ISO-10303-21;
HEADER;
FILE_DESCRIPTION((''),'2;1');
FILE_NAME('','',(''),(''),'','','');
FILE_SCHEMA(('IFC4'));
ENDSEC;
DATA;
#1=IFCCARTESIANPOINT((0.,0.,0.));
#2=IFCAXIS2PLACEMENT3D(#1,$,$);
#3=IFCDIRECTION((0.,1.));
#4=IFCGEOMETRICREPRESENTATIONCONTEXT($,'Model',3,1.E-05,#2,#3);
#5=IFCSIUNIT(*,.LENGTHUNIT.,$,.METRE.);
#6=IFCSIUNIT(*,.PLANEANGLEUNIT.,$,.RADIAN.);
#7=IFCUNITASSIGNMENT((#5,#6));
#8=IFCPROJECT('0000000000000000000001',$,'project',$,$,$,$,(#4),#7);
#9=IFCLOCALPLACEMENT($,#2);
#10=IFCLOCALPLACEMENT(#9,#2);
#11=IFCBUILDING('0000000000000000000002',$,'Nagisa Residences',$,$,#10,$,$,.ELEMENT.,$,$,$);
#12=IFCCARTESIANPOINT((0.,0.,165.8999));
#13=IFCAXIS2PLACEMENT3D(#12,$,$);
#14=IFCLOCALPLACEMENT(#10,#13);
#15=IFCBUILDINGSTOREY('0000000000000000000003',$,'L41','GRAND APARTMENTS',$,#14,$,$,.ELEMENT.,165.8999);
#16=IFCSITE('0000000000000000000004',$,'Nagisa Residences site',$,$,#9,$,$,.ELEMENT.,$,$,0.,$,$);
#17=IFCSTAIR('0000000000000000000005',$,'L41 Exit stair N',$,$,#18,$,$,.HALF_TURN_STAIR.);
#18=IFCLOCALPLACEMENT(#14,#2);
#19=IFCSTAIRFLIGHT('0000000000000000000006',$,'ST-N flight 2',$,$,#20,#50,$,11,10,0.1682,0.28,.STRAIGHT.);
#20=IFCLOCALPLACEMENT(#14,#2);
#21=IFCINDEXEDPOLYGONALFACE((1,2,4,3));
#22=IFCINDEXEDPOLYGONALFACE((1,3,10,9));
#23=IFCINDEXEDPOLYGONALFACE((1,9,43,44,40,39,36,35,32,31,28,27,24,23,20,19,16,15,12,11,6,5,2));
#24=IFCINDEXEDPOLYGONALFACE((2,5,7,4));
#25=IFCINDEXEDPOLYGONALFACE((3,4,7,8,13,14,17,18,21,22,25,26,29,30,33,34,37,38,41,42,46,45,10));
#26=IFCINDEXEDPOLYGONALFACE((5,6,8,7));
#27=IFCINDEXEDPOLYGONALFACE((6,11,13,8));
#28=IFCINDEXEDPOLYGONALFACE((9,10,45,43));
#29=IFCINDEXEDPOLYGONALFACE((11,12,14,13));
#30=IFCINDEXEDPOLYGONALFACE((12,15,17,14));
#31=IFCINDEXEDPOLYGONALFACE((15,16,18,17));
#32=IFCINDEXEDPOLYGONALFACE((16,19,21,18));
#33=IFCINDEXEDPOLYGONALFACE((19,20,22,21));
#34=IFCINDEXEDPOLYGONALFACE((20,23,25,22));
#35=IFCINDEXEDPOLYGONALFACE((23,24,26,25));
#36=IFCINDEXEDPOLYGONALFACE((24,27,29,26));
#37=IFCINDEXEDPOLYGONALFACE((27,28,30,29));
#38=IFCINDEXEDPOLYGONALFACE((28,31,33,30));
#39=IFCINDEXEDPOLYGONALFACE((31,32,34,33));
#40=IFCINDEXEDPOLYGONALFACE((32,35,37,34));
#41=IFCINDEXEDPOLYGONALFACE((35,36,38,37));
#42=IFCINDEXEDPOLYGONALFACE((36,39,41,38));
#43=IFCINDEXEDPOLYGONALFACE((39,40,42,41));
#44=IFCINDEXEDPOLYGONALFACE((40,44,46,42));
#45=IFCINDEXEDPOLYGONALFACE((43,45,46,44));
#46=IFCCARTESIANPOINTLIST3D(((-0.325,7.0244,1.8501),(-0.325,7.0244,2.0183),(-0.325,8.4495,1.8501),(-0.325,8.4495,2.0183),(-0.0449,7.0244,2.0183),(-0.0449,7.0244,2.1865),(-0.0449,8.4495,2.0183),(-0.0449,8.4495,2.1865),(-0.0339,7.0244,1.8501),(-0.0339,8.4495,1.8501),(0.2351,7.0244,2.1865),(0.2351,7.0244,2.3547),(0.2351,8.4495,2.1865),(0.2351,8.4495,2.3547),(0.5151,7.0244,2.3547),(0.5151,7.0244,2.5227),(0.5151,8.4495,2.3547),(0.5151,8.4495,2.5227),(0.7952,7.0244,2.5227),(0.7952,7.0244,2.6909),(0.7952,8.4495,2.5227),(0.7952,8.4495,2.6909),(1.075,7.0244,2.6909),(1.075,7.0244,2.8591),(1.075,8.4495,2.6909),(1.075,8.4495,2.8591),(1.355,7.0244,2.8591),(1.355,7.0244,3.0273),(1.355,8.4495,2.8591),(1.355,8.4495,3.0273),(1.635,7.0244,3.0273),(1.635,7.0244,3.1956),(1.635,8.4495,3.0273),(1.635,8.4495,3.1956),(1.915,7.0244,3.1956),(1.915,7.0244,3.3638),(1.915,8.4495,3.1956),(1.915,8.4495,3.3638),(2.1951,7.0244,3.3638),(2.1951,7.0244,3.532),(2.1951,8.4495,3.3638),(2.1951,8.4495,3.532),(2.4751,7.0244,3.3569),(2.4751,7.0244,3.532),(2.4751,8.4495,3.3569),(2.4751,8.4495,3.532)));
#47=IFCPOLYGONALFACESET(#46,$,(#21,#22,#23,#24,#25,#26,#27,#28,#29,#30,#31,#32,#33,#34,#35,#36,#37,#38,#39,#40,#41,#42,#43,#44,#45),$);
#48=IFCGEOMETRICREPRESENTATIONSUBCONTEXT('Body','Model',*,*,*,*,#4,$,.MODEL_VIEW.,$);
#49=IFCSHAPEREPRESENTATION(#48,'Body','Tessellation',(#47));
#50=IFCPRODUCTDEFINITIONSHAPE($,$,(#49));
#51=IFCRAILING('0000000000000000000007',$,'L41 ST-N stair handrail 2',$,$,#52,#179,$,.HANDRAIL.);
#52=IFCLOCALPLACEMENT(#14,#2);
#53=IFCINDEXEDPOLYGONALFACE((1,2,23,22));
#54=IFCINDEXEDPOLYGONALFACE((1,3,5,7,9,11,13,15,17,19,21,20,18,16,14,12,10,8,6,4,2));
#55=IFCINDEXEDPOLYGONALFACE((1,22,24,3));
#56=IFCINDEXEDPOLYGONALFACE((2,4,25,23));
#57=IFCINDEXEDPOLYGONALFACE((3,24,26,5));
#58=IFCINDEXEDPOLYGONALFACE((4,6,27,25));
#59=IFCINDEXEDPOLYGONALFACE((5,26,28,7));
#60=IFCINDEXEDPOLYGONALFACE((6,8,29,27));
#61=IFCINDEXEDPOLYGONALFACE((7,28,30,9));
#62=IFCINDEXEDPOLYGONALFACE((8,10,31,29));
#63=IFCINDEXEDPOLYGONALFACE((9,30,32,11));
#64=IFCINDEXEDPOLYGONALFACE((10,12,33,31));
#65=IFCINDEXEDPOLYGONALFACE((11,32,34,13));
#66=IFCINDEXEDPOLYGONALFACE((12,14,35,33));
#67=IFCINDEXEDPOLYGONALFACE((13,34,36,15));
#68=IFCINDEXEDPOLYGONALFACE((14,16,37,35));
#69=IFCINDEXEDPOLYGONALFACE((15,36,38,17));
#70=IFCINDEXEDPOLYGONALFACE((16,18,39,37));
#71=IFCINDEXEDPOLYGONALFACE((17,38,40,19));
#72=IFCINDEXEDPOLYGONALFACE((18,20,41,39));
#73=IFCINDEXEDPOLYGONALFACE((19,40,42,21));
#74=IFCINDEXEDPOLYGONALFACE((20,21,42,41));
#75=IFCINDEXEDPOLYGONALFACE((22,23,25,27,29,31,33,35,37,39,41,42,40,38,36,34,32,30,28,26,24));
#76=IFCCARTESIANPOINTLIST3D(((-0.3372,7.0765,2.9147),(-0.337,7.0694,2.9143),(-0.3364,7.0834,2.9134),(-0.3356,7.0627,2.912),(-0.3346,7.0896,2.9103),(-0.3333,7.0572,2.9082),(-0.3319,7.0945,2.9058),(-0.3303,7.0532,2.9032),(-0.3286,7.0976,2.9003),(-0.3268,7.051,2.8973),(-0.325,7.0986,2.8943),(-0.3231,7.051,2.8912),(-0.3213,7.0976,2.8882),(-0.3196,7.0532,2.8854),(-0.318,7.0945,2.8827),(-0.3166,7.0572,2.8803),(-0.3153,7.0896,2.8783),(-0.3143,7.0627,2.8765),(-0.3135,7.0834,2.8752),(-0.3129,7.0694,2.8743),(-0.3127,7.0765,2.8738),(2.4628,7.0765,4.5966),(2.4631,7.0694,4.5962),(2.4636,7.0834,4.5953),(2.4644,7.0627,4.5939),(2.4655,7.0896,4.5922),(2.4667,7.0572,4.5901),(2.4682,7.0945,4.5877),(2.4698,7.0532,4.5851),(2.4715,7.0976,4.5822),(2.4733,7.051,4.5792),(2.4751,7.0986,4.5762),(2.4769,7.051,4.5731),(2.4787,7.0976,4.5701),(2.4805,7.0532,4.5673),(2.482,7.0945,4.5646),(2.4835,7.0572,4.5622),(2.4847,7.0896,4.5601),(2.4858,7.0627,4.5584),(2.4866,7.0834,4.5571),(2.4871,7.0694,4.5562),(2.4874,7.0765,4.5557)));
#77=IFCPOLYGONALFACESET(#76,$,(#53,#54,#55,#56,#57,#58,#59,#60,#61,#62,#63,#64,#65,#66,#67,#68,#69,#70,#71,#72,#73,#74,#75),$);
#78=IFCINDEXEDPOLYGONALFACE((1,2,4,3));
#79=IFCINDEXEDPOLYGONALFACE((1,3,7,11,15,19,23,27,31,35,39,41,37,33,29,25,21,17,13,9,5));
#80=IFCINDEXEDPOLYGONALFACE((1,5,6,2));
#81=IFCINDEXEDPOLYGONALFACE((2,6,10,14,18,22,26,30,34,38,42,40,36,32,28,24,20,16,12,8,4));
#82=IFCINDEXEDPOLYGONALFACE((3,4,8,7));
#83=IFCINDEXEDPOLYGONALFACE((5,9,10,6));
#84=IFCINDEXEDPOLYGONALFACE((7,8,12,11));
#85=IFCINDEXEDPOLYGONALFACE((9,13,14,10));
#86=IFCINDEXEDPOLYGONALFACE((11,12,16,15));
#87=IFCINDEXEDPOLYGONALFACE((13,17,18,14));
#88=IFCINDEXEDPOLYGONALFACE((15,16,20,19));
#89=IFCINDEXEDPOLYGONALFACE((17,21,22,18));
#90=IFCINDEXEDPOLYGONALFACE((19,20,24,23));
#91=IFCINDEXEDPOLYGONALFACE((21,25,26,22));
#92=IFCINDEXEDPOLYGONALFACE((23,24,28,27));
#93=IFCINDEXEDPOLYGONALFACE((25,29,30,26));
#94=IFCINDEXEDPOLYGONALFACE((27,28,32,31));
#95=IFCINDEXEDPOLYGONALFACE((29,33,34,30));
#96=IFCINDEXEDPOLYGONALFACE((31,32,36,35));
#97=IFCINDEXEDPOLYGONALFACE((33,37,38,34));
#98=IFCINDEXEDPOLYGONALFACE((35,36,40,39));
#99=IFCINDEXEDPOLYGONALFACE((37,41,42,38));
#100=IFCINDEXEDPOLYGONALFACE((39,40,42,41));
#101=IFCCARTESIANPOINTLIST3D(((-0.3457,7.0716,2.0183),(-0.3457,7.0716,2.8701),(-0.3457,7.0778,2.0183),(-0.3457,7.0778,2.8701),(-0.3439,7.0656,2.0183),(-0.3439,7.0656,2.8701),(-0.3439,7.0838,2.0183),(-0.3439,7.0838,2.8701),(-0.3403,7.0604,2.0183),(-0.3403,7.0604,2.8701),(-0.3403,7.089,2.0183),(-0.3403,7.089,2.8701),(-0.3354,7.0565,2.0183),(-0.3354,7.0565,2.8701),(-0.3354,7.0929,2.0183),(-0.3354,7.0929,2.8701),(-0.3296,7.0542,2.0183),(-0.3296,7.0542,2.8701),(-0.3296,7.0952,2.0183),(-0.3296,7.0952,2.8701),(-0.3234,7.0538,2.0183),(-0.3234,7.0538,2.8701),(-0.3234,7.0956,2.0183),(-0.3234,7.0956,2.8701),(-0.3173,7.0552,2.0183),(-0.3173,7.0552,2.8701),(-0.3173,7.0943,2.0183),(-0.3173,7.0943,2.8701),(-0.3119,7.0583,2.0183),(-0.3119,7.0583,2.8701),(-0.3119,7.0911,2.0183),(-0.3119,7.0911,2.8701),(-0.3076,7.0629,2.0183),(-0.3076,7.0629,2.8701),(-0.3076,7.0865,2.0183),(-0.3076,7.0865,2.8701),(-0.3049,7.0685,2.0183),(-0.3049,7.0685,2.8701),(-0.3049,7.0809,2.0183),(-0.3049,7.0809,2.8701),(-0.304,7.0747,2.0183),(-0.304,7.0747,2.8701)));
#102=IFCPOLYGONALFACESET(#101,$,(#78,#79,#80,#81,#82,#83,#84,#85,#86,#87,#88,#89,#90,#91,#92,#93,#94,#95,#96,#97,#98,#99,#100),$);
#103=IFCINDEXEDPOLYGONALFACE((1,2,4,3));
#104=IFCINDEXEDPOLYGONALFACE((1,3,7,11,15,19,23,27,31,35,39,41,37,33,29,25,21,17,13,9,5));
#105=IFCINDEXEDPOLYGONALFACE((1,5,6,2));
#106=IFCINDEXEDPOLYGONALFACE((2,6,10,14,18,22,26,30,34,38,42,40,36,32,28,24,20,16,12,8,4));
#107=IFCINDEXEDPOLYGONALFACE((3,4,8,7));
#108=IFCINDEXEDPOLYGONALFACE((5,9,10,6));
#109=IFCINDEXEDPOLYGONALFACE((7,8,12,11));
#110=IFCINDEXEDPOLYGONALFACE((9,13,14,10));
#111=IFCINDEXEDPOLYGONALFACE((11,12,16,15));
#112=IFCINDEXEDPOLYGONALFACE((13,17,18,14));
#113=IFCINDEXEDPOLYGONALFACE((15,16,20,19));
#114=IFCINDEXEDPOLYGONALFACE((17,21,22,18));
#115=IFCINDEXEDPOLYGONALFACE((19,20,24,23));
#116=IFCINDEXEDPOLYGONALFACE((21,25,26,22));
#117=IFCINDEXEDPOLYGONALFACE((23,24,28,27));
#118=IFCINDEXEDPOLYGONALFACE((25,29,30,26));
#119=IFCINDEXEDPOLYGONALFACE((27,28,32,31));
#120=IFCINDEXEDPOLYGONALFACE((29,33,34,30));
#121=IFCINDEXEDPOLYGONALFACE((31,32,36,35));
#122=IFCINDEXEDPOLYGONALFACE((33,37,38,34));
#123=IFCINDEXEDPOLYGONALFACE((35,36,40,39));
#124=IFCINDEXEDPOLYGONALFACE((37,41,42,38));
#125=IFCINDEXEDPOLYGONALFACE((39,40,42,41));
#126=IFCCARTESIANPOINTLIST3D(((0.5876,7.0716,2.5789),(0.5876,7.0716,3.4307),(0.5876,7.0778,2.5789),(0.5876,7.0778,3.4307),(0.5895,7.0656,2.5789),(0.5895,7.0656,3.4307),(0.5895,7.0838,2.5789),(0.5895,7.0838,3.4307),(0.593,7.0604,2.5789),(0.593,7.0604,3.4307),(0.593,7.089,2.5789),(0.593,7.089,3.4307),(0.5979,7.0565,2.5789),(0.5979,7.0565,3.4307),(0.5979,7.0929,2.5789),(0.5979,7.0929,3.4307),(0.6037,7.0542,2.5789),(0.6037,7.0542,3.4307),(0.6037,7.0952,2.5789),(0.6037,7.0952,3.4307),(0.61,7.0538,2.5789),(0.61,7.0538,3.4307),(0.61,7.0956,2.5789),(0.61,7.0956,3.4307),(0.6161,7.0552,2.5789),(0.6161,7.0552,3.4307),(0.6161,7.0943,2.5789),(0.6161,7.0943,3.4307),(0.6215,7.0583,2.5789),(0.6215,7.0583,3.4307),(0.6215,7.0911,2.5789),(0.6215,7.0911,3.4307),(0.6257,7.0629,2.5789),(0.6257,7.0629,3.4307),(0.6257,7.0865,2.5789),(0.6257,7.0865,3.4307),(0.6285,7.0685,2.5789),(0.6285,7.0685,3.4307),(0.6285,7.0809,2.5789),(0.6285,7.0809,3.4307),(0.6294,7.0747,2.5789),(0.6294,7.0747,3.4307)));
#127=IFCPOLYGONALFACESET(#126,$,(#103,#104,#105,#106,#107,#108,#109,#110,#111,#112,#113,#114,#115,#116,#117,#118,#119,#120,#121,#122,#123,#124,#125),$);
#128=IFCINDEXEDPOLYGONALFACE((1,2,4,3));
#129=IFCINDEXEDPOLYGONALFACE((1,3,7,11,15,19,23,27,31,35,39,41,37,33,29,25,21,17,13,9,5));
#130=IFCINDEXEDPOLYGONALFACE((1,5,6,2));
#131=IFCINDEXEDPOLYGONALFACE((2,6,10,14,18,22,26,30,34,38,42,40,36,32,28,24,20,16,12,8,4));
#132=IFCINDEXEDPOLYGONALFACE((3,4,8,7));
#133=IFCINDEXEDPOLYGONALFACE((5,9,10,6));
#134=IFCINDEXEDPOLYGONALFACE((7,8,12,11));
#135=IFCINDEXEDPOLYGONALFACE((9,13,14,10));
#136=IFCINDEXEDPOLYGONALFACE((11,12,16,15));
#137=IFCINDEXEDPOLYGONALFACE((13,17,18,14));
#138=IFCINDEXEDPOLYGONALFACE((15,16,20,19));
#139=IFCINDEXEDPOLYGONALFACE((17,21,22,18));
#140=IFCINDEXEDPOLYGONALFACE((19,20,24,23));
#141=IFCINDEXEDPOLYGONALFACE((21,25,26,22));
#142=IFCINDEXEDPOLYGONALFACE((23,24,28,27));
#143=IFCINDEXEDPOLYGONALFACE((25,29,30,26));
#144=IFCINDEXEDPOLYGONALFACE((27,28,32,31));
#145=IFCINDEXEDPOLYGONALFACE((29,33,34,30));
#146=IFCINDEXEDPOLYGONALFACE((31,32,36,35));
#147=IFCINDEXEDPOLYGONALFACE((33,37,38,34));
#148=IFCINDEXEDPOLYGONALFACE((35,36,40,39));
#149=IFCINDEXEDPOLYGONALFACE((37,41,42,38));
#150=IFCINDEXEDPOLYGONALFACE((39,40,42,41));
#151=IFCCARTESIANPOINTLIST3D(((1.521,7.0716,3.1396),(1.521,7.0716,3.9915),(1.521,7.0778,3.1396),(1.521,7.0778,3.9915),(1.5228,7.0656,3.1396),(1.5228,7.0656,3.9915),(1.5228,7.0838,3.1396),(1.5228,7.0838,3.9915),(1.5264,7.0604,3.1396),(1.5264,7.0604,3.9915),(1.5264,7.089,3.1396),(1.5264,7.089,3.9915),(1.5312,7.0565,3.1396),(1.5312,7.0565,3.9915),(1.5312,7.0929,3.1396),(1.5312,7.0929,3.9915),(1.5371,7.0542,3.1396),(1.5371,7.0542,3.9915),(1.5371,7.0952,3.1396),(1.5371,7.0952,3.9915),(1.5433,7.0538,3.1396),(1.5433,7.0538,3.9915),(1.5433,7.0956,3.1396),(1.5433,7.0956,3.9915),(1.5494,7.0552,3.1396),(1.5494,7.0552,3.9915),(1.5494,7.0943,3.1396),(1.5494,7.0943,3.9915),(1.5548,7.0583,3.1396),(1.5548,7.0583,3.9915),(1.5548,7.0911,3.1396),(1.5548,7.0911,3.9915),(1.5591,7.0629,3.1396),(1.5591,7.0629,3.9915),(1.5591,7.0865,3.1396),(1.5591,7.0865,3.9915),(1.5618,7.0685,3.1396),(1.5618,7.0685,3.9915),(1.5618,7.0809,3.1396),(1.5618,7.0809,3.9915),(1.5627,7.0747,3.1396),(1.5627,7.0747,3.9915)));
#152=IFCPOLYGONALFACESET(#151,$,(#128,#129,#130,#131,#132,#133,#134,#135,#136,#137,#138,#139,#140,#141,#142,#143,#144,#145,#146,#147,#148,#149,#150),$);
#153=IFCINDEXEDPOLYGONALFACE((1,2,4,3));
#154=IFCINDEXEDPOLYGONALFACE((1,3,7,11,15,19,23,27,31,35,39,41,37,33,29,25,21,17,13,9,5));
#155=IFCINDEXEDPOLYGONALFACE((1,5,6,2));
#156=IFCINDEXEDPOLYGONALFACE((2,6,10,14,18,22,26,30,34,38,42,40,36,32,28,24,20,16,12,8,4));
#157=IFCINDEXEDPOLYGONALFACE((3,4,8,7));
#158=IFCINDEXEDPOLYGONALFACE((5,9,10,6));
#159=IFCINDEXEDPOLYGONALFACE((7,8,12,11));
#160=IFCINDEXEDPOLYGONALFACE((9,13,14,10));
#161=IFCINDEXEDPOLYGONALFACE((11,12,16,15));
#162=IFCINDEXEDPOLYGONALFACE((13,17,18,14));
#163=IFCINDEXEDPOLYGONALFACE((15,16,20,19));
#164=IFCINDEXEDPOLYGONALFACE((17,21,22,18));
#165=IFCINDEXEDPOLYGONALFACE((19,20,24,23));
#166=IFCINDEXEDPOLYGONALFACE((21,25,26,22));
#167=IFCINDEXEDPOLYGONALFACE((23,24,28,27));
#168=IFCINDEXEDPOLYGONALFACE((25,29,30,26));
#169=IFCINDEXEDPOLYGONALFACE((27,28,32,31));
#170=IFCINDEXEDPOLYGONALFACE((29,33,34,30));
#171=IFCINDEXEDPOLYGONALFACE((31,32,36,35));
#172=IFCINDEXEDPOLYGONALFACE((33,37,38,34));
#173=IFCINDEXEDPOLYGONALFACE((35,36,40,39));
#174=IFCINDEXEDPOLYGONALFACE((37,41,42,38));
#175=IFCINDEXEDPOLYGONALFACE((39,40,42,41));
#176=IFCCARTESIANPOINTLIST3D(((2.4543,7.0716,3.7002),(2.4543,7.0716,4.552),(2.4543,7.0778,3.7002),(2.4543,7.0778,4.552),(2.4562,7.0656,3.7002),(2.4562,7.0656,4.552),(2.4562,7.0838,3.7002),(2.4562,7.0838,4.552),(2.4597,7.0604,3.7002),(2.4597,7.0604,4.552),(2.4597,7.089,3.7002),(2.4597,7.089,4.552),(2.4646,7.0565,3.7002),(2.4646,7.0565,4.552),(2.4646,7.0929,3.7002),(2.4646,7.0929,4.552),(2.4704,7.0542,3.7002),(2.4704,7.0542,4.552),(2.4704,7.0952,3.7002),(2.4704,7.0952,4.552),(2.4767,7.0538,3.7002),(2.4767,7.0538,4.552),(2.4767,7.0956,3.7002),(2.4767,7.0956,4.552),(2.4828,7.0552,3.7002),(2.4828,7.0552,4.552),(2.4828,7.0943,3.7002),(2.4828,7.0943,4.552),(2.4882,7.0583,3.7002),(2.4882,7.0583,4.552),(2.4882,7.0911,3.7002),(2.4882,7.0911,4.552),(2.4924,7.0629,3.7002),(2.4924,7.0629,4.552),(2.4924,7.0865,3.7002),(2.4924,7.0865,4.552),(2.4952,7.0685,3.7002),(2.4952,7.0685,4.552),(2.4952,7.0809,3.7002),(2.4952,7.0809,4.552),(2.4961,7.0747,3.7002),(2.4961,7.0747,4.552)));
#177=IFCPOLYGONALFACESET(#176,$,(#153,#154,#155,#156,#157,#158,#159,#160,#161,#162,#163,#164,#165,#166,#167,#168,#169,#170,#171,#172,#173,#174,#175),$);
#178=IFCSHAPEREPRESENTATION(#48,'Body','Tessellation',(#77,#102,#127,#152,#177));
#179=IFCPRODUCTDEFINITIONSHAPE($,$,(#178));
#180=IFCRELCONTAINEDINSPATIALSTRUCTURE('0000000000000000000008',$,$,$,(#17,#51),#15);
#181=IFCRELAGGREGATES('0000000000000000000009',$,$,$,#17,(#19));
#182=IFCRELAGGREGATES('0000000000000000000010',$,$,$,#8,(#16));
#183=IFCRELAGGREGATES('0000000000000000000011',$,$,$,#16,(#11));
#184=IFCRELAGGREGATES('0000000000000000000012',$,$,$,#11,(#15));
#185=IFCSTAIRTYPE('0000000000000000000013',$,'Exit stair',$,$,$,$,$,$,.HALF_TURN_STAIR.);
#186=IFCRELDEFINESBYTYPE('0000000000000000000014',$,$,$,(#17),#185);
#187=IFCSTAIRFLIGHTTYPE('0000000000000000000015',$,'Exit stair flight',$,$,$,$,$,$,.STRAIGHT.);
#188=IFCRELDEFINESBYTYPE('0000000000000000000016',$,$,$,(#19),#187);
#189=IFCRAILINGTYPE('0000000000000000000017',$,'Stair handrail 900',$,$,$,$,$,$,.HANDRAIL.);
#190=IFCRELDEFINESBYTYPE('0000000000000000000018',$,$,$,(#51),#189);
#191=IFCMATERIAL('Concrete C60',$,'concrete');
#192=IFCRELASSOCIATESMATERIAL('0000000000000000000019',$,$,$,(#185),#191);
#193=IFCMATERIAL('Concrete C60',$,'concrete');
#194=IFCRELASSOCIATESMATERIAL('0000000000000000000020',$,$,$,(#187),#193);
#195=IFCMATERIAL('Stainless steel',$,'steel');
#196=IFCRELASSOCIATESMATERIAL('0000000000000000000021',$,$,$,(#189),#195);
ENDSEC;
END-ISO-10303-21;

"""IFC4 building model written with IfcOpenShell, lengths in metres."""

from ifc_helpers import new_model, si_unit, direction, frame, origin, origin_2d, place, context, subcontext, project, spatial, polyline, circle, outline, extrude, material, type_object, element, aggregate, save


model = new_model("IFC4")

# Units and contexts
model_context = context("Model", 3, precision=1e-05, world=origin(), true_north=direction((0.0, 1.0)))
body_context = subcontext(model_context, "Body", "Model", "MODEL_VIEW")
ifc_project = project(units=[si_unit("LENGTHUNIT", "METRE"), si_unit("PLANEANGLEUNIT", "RADIAN")], contexts=[model_context])

# Site, building, storey
site_placement = place(None, origin())
site = spatial("IfcSite", under=ifc_project, at=site_placement, Name="Nagisa Residences site", CompositionType="ELEMENT", RefElevation=0.0)
building_placement = place(site_placement, origin())
building = spatial("IfcBuilding", under=site, at=building_placement, Name="Nagisa Residences", CompositionType="ELEMENT")
storey_placement = place(building_placement, frame((0.0, 0.0, 165.8999)))
storey = spatial("IfcBuildingStorey", under=building, at=storey_placement, Name="L41", Description="GRAND APARTMENTS", CompositionType="ELEMENT", Elevation=165.8999)

# Shared definitions
ifc_material_1 = material(Name="Concrete C60", Category="concrete")
stair_type = type_object("IfcStairType", Name="Exit stair", PredefinedType="HALF_TURN_STAIR", material=ifc_material_1)

# Stair, stair flight
stair_1_placement = place(storey_placement, origin())
stair_1 = element("IfcStair", 1, at=stair_1_placement, inside=storey, type_object=stair_type, Name="L41 Exit stair N", PredefinedType="HALF_TURN_STAIR")
ifc_material_2 = material(Name="Concrete C60", Category="concrete")
stair_flight_type = type_object("IfcStairFlightType", Name="Exit stair flight", PredefinedType="STRAIGHT", material=ifc_material_2)
stair_flight_placement = place(storey_placement, frame((-0.325, 7.7371, 1.8501), z_axis=(0.0, 0.0, 1.0), x_axis=(1.0, 0.0, 0.0)))
stair_flight = element("IfcStairFlight", 2, at=stair_flight_placement, type_object=stair_flight_type, Name="ST-N flight 2", NumberOfRisers=11, NumberOfTreads=10, PredefinedType="STRAIGHT", RiserHeight=0.1682, TreadLength=0.28, context=body_context, shape_type="SweptSolid", body=[
    extrude(outline(polyline([(0.0, 0.0), (0.0, 0.1682), (0.28, 0.1682), (0.28, 0.3364), (0.5601, 0.3364), (0.5601, 0.5046), (0.8401, 0.5046), (0.8401, 0.6726), (1.1201, 0.6726), (1.1201, 0.8408), (1.3999, 0.8408), (1.3999, 1.009), (1.6799, 1.009), (1.6799, 1.1772), (1.96, 1.1772), (1.96, 1.3455), (2.24, 1.3455), (2.24, 1.5137), (2.52, 1.5137), (2.52, 1.6819), (2.8, 1.6819), (2.8, 1.8501), (2.8, 1.5068), (0.291, 0.0), (0.0, 0.0)])), frame((0.0, 0.7124, 0.0), z_axis=(0.0, -1.0, 0.0), x_axis=(1.0, 0.0, 0.0)), (0.0, 0.0, 1.0), 1.425),
])
aggregate(stair_1, [stair_flight])

# Railing
ifc_material_3 = material(Name="Stainless steel", Category="steel")
railing_type = type_object("IfcRailingType", Name="Stair handrail 900", PredefinedType="HANDRAIL", material=ifc_material_3)
railing_placement = place(storey_placement, frame((-0.325, 7.0747, 2.0183)))
element("IfcRailing", 3, at=railing_placement, inside=storey, type_object=railing_type, Name="L41 ST-N stair handrail 2", PredefinedType="HANDRAIL", context=body_context, shape_type="SweptSolid", body=[
    extrude(circle(Radius=0.0239, at=origin_2d()), frame((0.0, 0.0, 0.876), z_axis=(0.857242, 0.0, 0.514913), x_axis=(0.0, 1.0, 0.0)), (0.0, 0.0, 1.0), 3.2664),
    extrude(circle(Radius=0.021, at=origin_2d()), origin(), (0.0, 0.0, 1.0), 0.8518),
    extrude(circle(Radius=0.021, at=origin_2d()), frame((0.9333, 0.0, 0.5605)), (0.0, 0.0, 1.0), 0.8518),
    extrude(circle(Radius=0.021, at=origin_2d()), frame((1.8667, 0.0, 1.1213)), (0.0, 0.0, 1.0), 0.8518),
    extrude(circle(Radius=0.021, at=origin_2d()), frame((2.8, 0.0, 1.6819)), (0.0, 0.0, 1.0), 0.8518),
])

save(model, "model.ifc")
